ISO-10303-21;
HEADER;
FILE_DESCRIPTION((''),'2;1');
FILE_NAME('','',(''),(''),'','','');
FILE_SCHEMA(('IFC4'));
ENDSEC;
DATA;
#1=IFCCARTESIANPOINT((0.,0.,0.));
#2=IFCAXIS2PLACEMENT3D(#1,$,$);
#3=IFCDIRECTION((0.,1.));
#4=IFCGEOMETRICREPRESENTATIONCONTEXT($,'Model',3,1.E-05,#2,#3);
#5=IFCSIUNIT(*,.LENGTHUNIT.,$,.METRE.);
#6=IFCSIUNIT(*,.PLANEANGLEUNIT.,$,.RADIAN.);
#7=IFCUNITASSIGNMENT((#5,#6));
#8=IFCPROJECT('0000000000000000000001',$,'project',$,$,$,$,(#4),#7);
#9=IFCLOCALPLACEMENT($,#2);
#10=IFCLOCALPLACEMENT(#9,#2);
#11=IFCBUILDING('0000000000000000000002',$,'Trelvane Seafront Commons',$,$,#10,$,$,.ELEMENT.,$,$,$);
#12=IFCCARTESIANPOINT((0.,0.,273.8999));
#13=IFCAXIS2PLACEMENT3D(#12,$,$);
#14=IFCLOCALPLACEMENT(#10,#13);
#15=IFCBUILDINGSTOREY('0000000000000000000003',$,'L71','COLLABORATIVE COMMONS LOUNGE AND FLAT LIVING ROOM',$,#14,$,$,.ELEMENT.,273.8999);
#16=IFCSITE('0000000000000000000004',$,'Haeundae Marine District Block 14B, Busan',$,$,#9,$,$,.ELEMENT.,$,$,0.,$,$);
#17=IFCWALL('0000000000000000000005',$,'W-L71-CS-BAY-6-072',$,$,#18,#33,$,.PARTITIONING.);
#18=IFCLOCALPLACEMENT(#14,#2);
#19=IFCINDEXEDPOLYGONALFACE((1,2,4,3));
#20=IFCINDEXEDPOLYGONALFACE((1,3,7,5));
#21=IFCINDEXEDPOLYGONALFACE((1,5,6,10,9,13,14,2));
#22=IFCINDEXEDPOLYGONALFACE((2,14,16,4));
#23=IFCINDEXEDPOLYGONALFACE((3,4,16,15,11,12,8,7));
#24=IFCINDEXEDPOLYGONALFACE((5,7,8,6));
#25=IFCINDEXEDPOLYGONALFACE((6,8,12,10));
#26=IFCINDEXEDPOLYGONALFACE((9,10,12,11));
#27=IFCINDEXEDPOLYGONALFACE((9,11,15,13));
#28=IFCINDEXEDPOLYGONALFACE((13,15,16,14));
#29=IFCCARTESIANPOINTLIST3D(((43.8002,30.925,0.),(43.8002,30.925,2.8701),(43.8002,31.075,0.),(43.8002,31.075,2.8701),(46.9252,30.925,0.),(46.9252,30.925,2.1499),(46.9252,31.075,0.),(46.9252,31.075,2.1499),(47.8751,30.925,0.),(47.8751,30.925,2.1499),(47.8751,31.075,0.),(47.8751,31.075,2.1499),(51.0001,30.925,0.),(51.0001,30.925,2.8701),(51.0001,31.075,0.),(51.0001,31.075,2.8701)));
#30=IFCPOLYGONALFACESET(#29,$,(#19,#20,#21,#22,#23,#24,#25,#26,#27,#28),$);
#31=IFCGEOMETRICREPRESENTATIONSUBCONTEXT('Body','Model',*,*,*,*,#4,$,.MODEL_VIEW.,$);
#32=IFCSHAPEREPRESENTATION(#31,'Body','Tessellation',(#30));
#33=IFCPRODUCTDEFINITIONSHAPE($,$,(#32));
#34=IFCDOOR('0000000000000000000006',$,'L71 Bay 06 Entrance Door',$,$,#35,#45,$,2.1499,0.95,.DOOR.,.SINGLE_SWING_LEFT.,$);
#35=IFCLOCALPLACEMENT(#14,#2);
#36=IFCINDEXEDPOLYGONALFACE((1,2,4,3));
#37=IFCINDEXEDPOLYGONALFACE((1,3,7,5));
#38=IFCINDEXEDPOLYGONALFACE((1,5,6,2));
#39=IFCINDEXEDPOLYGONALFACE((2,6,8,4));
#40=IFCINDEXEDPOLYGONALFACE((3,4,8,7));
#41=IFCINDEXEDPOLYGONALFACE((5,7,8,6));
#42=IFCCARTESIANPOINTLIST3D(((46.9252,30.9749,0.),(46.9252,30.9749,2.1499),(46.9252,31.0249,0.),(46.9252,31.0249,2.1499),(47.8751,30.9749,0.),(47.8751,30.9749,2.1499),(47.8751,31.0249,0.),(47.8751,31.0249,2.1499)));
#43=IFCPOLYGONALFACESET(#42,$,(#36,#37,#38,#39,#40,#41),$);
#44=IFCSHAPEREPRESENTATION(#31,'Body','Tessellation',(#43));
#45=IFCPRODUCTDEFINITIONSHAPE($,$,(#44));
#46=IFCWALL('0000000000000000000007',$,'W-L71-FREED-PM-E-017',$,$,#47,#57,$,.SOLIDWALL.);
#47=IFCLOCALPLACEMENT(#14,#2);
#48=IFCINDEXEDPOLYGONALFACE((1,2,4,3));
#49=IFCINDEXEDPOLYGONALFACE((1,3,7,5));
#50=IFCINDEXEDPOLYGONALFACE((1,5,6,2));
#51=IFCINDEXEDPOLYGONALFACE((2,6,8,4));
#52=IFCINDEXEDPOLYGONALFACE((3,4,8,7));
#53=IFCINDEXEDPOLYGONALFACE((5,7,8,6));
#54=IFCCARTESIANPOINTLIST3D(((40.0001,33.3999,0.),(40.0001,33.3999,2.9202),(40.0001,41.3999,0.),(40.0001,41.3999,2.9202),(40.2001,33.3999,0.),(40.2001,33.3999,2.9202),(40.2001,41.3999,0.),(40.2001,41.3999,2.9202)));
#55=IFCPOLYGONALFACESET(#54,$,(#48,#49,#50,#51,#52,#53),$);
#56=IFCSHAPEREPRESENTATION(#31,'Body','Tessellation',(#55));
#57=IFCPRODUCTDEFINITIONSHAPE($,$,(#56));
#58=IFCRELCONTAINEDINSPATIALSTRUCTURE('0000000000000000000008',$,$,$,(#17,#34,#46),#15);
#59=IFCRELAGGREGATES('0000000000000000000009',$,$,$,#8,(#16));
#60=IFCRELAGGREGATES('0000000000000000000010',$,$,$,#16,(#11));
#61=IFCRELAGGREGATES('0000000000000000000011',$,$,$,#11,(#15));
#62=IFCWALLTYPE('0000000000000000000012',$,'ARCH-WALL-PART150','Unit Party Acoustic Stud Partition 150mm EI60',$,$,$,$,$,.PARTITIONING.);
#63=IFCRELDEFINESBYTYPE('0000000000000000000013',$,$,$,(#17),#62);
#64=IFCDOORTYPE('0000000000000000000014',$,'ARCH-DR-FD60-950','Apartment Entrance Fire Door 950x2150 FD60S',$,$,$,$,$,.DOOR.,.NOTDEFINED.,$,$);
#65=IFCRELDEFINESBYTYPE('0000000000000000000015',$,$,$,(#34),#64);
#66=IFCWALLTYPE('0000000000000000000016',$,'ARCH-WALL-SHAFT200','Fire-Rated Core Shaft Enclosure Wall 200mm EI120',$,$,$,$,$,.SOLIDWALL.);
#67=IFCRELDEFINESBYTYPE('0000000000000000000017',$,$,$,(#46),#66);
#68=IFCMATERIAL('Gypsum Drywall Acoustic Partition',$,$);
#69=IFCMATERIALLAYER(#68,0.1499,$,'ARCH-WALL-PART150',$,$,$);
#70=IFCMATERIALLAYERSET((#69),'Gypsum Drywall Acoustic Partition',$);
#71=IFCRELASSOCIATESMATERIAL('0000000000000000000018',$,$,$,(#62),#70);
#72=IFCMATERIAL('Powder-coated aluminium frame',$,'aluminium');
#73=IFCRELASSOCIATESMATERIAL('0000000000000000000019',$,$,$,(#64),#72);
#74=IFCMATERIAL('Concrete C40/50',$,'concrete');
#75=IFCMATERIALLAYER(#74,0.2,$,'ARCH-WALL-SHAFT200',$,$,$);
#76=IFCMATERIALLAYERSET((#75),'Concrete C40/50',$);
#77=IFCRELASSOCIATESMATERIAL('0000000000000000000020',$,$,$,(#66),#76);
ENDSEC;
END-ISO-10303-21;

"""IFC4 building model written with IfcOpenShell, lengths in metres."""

from ifc_helpers import new_model, si_unit, direction, frame, frame_2d, origin, place, context, subcontext, project, spatial, rectangle, extrude, source, transform, mapped, material, layer, layer_set, type_object, element, fill, save


model = new_model("IFC4")

# Units and contexts
model_context = context("Model", 3, precision=1e-05, world=origin(), true_north=direction((0.0, 1.0)))
body_context = subcontext(model_context, "Body", "Model", "MODEL_VIEW")
ifc_project = project(units=[si_unit("LENGTHUNIT", "METRE"), si_unit("PLANEANGLEUNIT", "RADIAN")], contexts=[model_context])

# Site, building, storey
site_placement = place(None, origin())
site = spatial("IfcSite", under=ifc_project, at=site_placement, Name="Haeundae Marine District Block 14B, Busan", CompositionType="ELEMENT", RefElevation=0.0)
building_placement = place(site_placement, origin())
building = spatial("IfcBuilding", under=site, at=building_placement, Name="Trelvane Seafront Commons", CompositionType="ELEMENT")
storey_placement = place(building_placement, frame((0.0, 0.0, 273.8999)))
storey = spatial("IfcBuildingStorey", under=building, at=storey_placement, Name="L71", Description="COLLABORATIVE COMMONS LOUNGE AND FLAT LIVING ROOM", CompositionType="ELEMENT", Elevation=273.8999)

# Wall, opening, door
ifc_material_1 = material(Name="Concrete C40/50", Category="concrete")
ifc_material_2 = material(Name="Powder-coated aluminium frame", Category="aluminium")
ifc_material_3 = material(Name="Gypsum Drywall Acoustic Partition")
shared_shape_1 = source(origin(), body_context, "Body", "SweptSolid", [
    extrude(rectangle(XDim=0.95, YDim=2.1499, at=frame_2d((0.4751, 1.075))), frame((0.0, 0.0249, 0.0), z_axis=(0.0, -1.0, 0.0), x_axis=(1.0, 0.0, 0.0)), (0.0, 0.0, 1.0), 0.05),
])
ifc_layer_1 = layer(ifc_material_3, 0.1499, Name="ARCH-WALL-PART150")
ifc_layer_set_1 = layer_set([ifc_layer_1], Name="Gypsum Drywall Acoustic Partition")
wall_type_1 = type_object("IfcWallType", Name="ARCH-WALL-PART150", Description="Unit Party Acoustic Stud Partition 150mm EI60", PredefinedType="PARTITIONING", material=ifc_layer_set_1)
wall_1_placement = place(storey_placement, frame((43.8, 31.0, 0.0), z_axis=(0.0, 0.0, 1.0), x_axis=(1.0, 0.0, 0.0)))
wall_1 = element("IfcWall", 1, at=wall_1_placement, inside=storey, type_object=wall_type_1, Name="W-L71-CS-BAY-6-072", PredefinedType="PARTITIONING", context=body_context, shape_type="SweptSolid", body=[
    extrude(rectangle(XDim=7.2, YDim=0.1499, at=frame_2d((3.6001, 0.0))), origin(), (0.0, 0.0, 1.0), 2.8701),
])
opening_1_placement = place(wall_1_placement, frame((3.125, 0.0, 0.0)))
opening_1 = element("IfcOpeningElement", 2, at=opening_1_placement, cuts=wall_1, PredefinedType="OPENING", context=body_context, shape_type="SweptSolid", body=[
    extrude(rectangle(XDim=0.95, YDim=2.1499, at=frame_2d((0.4751, 1.075))), frame((0.0, 0.085, 0.0), z_axis=(0.0, -1.0, 0.0), x_axis=(1.0, 0.0, 0.0)), (0.0, 0.0, 1.0), 0.1699),
])
door_type_1 = type_object("IfcDoorType", Name="ARCH-DR-FD60-950", Description="Apartment Entrance Fire Door 950x2150 FD60S", OperationType="NOTDEFINED", PredefinedType="DOOR", material=ifc_material_2)
door_1_placement = place(opening_1_placement, origin())
door_1 = element("IfcDoor", 3, at=door_1_placement, inside=storey, type_object=door_type_1, Name="L71 Bay 06 Entrance Door", OperationType="SINGLE_SWING_LEFT", OverallHeight=2.1499, OverallWidth=0.95, PredefinedType="DOOR", context=body_context, shape_type="MappedRepresentation", body=[
    mapped(shared_shape_1, transform((0.0, 0.0, 0.0), x_axis=(1.0, 0.0, 0.0), y_axis=(0.0, 1.0, 0.0), z_axis=(0.0, 0.0, 1.0), scale=1.0)),
])
fill(opening_1, door_1)

# Wall
ifc_layer_2 = layer(ifc_material_1, 0.2, Name="ARCH-WALL-SHAFT200")
ifc_layer_set_2 = layer_set([ifc_layer_2], Name="Concrete C40/50")
wall_type_2 = type_object("IfcWallType", Name="ARCH-WALL-SHAFT200", Description="Fire-Rated Core Shaft Enclosure Wall 200mm EI120", PredefinedType="SOLIDWALL", material=ifc_layer_set_2)
wall_2_placement = place(storey_placement, frame((40.1001, 33.3999, 0.0), z_axis=(0.0, 0.0, 1.0), x_axis=(0.0, 1.0, 0.0)))
element("IfcWall", 4, at=wall_2_placement, inside=storey, type_object=wall_type_2, Name="W-L71-FREED-PM-E-017", PredefinedType="SOLIDWALL", context=body_context, shape_type="SweptSolid", body=[
    extrude(rectangle(XDim=8.0, YDim=0.2, at=frame_2d((4.0, 0.0))), origin(), (0.0, 0.0, 1.0), 2.9202),
])

save(model, "model.ifc")
